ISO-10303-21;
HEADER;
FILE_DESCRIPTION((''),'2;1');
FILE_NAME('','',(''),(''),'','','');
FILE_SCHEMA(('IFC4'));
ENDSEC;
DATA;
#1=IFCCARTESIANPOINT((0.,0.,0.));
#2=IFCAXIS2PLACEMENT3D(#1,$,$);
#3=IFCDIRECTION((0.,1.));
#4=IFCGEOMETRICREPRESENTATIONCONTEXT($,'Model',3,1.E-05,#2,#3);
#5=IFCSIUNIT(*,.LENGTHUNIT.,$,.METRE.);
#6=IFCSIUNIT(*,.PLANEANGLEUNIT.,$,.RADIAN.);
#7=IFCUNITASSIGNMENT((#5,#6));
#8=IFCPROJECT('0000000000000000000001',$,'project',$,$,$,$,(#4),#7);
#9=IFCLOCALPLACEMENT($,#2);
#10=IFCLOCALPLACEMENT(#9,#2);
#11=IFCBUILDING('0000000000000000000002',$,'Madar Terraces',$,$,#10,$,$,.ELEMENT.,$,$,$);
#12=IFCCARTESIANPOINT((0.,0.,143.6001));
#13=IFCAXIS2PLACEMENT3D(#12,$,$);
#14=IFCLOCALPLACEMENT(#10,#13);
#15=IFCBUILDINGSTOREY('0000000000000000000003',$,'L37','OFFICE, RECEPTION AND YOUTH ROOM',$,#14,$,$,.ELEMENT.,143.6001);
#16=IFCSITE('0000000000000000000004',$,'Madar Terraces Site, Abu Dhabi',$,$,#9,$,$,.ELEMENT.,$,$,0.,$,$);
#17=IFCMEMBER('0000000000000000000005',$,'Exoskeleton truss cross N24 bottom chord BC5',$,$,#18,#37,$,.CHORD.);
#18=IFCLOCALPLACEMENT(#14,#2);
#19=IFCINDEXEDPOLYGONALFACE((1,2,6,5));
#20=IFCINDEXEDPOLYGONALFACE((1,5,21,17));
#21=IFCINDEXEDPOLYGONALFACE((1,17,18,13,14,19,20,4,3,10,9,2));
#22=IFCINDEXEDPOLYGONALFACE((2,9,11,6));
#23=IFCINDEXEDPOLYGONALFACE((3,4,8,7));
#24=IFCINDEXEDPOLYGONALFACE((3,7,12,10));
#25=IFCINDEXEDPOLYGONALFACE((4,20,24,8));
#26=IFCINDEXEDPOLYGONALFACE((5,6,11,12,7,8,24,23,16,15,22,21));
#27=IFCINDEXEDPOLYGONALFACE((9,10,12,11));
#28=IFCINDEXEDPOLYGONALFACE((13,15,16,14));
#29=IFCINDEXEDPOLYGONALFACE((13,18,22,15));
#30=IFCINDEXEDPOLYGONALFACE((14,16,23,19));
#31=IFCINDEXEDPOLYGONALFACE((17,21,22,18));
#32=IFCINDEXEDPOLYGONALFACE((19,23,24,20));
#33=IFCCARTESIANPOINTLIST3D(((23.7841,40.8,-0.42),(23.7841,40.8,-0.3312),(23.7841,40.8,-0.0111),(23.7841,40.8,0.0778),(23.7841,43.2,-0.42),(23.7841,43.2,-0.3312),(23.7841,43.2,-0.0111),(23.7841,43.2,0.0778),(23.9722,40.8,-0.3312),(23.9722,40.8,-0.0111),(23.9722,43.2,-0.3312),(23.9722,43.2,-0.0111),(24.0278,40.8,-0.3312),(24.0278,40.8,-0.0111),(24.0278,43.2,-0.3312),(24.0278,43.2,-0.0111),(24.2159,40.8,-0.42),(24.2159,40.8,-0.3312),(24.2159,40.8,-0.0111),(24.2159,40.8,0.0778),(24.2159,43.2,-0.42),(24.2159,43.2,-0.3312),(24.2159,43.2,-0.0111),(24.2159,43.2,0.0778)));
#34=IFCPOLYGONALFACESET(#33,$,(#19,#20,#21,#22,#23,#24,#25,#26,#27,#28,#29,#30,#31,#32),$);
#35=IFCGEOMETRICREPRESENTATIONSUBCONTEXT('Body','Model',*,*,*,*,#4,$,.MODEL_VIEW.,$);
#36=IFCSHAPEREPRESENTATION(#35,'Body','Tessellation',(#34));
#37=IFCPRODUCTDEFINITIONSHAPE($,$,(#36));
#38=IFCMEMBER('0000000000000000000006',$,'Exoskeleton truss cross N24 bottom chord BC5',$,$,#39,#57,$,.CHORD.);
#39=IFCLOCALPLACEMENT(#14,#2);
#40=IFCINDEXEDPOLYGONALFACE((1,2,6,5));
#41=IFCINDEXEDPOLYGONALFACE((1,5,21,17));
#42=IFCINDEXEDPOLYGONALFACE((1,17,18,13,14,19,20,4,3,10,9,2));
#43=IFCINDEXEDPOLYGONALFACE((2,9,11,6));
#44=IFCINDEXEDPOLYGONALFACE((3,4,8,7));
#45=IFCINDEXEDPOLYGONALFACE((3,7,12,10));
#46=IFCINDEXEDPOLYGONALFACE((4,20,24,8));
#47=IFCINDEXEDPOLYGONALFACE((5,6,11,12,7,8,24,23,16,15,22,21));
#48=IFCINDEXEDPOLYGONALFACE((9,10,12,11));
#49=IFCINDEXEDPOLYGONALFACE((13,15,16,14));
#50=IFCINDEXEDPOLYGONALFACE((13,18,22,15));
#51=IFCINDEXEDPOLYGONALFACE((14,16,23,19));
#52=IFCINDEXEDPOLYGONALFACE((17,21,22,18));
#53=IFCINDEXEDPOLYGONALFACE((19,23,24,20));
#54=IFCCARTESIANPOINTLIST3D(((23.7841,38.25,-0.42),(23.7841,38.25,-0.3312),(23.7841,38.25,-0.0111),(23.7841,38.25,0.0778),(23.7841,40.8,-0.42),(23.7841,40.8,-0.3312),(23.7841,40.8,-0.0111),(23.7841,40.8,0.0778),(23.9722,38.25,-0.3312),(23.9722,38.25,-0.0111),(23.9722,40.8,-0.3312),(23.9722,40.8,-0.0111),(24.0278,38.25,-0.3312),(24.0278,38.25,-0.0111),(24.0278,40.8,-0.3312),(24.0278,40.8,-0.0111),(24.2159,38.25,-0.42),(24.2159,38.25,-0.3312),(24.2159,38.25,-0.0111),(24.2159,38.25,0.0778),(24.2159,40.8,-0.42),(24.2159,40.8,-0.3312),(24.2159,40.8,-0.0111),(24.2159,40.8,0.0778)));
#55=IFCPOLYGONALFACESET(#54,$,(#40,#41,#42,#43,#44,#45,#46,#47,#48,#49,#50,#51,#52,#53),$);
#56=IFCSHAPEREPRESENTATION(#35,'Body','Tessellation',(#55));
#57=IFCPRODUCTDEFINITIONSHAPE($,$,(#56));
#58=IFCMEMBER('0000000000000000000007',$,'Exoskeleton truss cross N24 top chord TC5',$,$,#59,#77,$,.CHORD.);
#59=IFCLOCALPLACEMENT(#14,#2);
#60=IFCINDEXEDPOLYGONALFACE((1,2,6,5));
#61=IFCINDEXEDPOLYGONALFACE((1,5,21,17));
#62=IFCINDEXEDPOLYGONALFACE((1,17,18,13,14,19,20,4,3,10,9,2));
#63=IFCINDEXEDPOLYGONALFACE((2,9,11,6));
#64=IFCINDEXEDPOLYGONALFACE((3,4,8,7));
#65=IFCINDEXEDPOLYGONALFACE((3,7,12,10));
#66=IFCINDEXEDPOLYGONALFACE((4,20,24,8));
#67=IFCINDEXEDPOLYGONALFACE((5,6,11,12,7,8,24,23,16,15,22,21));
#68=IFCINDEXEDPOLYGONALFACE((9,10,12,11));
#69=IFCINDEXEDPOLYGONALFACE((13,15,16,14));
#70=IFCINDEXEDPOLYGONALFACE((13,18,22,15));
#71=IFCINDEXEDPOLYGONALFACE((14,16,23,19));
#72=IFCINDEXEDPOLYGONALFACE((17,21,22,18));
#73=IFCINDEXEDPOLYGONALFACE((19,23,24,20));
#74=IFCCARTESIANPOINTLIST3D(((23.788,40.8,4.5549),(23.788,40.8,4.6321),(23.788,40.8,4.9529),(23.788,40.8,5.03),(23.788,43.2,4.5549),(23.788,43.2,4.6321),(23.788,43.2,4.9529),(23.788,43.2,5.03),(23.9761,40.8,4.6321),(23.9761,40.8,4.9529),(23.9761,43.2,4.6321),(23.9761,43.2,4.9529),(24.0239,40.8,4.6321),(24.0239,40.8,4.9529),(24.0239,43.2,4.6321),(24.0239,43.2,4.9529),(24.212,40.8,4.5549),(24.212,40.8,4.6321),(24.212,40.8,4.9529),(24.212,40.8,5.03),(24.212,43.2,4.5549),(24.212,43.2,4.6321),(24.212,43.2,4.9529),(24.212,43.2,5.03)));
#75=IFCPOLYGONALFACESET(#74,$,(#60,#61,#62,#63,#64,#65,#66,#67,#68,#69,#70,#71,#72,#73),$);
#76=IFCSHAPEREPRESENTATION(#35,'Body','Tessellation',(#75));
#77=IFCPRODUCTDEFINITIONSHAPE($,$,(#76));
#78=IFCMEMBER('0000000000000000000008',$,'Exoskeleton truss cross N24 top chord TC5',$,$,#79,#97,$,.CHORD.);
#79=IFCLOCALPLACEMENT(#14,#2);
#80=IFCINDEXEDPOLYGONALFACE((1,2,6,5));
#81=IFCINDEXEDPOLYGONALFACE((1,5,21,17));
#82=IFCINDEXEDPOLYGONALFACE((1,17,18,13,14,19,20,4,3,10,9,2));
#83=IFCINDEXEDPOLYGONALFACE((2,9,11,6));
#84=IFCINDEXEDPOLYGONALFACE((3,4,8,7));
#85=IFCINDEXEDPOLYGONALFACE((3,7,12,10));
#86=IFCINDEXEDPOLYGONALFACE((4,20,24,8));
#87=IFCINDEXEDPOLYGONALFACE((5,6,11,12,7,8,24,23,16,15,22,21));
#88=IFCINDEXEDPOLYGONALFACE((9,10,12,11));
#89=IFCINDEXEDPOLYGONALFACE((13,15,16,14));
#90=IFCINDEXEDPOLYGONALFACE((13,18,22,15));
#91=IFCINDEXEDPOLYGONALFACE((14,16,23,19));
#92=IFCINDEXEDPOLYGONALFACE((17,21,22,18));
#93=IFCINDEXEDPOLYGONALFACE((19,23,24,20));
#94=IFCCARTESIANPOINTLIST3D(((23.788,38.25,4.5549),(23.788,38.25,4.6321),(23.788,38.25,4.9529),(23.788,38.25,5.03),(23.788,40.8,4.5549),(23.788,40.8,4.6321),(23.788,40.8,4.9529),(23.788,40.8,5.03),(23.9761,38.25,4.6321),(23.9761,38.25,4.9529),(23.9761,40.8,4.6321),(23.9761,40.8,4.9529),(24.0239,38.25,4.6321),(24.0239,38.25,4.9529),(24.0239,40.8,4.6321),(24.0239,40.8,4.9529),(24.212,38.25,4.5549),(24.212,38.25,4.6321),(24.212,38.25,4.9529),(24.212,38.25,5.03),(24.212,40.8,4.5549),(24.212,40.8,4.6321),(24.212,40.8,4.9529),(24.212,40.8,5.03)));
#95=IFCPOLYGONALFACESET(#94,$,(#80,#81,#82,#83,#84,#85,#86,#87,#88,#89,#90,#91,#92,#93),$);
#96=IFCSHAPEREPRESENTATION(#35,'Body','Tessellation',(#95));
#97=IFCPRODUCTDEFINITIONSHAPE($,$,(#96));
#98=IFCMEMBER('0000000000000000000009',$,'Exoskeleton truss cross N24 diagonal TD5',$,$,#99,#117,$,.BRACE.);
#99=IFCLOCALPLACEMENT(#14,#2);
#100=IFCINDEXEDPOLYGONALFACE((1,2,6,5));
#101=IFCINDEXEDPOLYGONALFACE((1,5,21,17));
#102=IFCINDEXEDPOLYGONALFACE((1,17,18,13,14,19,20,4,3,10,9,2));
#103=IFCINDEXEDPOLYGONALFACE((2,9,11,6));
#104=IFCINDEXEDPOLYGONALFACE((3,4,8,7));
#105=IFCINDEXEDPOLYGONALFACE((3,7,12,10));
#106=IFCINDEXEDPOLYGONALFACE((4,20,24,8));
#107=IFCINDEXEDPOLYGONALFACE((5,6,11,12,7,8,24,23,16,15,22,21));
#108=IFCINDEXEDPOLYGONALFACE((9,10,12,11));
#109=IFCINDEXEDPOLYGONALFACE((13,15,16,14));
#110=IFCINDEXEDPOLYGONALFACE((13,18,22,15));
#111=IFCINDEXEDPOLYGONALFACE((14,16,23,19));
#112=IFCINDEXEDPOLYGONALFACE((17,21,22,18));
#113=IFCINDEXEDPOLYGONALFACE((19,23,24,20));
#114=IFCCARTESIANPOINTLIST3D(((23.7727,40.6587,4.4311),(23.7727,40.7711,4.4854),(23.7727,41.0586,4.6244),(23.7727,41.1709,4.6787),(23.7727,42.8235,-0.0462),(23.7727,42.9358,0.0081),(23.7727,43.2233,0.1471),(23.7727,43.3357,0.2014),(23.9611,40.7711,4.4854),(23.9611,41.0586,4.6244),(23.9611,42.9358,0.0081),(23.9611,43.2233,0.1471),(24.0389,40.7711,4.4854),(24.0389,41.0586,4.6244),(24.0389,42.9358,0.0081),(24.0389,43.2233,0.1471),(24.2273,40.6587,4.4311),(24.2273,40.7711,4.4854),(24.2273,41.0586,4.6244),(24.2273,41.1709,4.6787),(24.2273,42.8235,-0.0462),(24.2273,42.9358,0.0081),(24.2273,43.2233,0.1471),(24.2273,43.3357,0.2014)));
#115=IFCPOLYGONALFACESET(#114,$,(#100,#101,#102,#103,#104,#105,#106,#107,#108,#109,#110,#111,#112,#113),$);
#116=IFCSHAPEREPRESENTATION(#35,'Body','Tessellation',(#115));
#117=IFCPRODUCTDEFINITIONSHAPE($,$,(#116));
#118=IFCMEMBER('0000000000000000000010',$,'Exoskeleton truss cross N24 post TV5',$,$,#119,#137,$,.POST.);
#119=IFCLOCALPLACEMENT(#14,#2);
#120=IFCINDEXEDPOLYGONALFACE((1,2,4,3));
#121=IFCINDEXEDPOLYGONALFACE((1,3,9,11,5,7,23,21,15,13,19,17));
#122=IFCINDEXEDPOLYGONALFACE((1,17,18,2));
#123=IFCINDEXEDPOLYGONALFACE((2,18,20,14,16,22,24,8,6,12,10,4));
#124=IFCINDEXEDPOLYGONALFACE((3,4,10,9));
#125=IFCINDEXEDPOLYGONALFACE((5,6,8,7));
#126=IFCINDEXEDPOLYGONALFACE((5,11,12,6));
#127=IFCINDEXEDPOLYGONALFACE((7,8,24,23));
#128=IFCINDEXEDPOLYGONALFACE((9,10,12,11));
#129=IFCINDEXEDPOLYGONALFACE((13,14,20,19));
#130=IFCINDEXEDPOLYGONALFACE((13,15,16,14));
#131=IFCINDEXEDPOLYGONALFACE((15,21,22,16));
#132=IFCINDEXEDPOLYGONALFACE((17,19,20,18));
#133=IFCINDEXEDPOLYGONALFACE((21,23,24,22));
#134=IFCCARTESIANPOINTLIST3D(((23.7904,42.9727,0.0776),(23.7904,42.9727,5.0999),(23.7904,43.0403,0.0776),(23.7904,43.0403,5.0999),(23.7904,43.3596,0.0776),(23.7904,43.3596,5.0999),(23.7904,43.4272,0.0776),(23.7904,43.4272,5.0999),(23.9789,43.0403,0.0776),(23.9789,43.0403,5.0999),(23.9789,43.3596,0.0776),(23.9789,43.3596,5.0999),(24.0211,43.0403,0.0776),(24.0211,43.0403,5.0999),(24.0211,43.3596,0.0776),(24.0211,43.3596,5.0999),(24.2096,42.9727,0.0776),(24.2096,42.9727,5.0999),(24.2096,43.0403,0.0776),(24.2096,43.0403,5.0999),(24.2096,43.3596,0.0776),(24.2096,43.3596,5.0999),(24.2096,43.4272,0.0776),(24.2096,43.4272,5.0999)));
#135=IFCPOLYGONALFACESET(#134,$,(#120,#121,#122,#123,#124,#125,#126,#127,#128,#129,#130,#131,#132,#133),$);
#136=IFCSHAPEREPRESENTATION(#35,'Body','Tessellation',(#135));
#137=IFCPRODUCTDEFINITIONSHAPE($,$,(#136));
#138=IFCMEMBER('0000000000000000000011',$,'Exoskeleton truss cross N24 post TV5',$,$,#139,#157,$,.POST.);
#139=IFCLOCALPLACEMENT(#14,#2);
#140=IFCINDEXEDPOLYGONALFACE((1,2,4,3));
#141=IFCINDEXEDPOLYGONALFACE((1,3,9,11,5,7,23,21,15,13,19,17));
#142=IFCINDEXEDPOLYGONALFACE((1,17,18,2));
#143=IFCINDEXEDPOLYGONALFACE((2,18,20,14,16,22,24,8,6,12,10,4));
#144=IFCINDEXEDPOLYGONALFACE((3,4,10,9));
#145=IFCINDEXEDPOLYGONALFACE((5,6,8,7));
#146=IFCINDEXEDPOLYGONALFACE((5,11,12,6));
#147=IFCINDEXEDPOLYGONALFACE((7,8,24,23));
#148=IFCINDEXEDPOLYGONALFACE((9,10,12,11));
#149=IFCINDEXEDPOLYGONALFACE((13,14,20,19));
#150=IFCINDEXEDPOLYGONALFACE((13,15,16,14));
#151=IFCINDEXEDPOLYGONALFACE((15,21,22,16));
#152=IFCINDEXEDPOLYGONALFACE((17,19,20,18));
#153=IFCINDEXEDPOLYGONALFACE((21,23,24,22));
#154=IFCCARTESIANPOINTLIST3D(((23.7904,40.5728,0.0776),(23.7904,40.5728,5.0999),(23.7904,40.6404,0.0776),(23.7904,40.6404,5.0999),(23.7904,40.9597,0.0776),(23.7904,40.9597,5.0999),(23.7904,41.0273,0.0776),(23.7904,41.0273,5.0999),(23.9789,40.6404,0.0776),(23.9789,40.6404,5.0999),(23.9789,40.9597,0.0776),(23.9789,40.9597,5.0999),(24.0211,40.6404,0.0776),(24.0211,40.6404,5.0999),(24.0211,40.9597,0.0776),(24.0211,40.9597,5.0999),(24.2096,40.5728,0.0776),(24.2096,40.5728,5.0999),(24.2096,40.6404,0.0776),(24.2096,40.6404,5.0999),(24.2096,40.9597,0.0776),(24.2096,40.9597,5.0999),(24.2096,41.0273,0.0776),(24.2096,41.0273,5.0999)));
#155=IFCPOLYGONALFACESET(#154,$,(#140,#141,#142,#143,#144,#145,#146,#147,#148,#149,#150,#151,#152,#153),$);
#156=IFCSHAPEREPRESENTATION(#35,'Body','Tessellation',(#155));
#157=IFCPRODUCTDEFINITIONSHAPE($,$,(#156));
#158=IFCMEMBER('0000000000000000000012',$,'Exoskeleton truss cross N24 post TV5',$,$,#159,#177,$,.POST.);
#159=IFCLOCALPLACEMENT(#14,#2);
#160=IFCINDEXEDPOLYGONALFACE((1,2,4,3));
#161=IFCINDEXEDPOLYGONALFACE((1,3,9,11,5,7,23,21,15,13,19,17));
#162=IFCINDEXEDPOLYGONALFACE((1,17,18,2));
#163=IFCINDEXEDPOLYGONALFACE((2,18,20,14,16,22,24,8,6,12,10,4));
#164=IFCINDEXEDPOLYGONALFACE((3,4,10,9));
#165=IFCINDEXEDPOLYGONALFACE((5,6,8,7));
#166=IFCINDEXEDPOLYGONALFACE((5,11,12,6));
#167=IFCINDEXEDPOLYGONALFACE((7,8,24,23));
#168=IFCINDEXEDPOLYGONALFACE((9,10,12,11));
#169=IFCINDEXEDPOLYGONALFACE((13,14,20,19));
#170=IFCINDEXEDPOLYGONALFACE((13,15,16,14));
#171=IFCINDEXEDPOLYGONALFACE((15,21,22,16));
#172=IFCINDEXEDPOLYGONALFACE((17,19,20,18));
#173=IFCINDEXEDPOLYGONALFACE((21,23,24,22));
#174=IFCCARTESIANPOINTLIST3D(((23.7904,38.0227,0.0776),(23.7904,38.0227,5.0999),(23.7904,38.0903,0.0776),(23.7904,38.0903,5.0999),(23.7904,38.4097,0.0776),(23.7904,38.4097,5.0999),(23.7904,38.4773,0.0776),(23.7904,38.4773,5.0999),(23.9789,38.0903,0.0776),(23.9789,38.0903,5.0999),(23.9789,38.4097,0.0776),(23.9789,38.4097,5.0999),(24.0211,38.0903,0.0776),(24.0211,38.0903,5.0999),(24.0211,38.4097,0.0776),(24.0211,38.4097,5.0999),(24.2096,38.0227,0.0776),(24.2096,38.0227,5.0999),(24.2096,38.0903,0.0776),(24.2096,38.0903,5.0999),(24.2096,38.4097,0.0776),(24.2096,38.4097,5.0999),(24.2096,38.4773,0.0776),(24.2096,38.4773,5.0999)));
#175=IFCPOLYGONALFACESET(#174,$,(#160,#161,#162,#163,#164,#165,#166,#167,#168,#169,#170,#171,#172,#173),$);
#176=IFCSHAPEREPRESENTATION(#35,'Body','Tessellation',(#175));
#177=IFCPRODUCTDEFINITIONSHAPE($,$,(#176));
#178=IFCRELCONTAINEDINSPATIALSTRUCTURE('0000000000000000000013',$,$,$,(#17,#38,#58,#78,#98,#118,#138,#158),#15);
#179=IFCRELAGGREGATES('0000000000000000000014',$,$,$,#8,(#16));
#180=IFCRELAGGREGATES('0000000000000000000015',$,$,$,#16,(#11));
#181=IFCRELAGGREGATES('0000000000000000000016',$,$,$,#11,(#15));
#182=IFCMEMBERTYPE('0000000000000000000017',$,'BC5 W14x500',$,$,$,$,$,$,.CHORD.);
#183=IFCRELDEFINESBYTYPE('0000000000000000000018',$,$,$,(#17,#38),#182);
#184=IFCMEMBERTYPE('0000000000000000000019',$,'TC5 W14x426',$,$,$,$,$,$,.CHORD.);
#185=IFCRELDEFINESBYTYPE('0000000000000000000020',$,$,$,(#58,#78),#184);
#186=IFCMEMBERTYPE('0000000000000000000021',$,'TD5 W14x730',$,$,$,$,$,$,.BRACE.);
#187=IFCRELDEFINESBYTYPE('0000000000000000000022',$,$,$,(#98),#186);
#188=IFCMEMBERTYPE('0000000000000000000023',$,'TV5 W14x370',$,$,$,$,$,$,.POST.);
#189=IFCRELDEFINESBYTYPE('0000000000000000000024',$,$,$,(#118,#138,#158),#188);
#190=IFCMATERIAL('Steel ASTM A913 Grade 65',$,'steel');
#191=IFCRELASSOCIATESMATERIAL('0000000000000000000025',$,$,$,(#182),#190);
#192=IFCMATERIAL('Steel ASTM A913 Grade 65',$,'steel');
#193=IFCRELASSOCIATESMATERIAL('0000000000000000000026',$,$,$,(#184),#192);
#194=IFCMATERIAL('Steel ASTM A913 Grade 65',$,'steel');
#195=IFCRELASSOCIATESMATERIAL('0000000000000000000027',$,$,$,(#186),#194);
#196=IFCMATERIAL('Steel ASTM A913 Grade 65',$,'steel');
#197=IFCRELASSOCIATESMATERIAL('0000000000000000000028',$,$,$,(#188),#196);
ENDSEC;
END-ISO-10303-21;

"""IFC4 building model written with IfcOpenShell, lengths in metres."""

from ifc_helpers import new_model, si_unit, direction, frame, origin, origin_2d, place, context, subcontext, project, spatial, i_section, extrude, material, material_profile, profile_set, type_object, element, save


model = new_model("IFC4")

# Units and contexts
model_context = context("Model", 3, precision=1e-05, world=origin(), true_north=direction((0.0, 1.0)))
body_context = subcontext(model_context, "Body", "Model", "MODEL_VIEW")
ifc_project = project(units=[si_unit("LENGTHUNIT", "METRE"), si_unit("PLANEANGLEUNIT", "RADIAN")], contexts=[model_context])

# Site, building, storey
site_placement = place(None, origin())
site = spatial("IfcSite", under=ifc_project, at=site_placement, Name="Madar Terraces Site, Abu Dhabi", CompositionType="ELEMENT", RefElevation=0.0)
building_placement = place(site_placement, origin())
building = spatial("IfcBuilding", under=site, at=building_placement, Name="Madar Terraces", CompositionType="ELEMENT")
storey_placement = place(building_placement, frame((0.0, 0.0, 143.6001)))
storey = spatial("IfcBuildingStorey", under=building, at=storey_placement, Name="L37", Description="OFFICE, RECEPTION AND YOUTH ROOM", CompositionType="ELEMENT", Elevation=143.6001)

# Members
ifc_material_1 = material(Name="Steel ASTM A913 Grade 65", Category="steel")
ifc_material_profile_1 = material_profile(ifc_material_1, i_section(OverallWidth=0.4319, OverallDepth=0.4978, WebThickness=0.0557, FlangeThickness=0.0889, at=origin_2d()), Name="W14x500")
ifc_profile_set_1 = profile_set([ifc_material_profile_1], Name="Steel ASTM A913 Grade 65")
member_type_1 = type_object("IfcMemberType", Name="BC5 W14x500", PredefinedType="CHORD", material=ifc_profile_set_1)
member_1_placement = place(storey_placement, frame((24.0, 43.2, -0.1711), z_axis=(0.0, -1.0, 0.0), x_axis=(1.0, 0.0, 0.0)))
element("IfcMember", 1, at=member_1_placement, inside=storey, type_object=member_type_1, Name="Exoskeleton truss cross N24 bottom chord BC5", PredefinedType="CHORD", context=body_context, shape_type="SweptSolid", body=[
    extrude(i_section(OverallWidth=0.4319, OverallDepth=0.4978, WebThickness=0.0557, FlangeThickness=0.0889, at=origin_2d()), origin(), (0.0, 0.0, 1.0), 2.3999),
])
member_2_placement = place(storey_placement, frame((24.0, 40.8, -0.1711), z_axis=(0.0, -1.0, 0.0), x_axis=(1.0, 0.0, 0.0)))
element("IfcMember", 2, at=member_2_placement, inside=storey, type_object=member_type_1, Name="Exoskeleton truss cross N24 bottom chord BC5", PredefinedType="CHORD", context=body_context, shape_type="SweptSolid", body=[
    extrude(i_section(OverallWidth=0.4319, OverallDepth=0.4978, WebThickness=0.0557, FlangeThickness=0.0889, at=origin_2d()), origin(), (0.0, 0.0, 1.0), 2.55),
])
ifc_material_2 = material(Name="Steel ASTM A913 Grade 65", Category="steel")
ifc_material_profile_2 = material_profile(ifc_material_2, i_section(OverallWidth=0.4241, OverallDepth=0.4751, WebThickness=0.0479, FlangeThickness=0.0771, at=origin_2d()), Name="W14x426")
ifc_profile_set_2 = profile_set([ifc_material_profile_2], Name="Steel ASTM A913 Grade 65")
member_type_2 = type_object("IfcMemberType", Name="TC5 W14x426", PredefinedType="CHORD", material=ifc_profile_set_2)
member_3_placement = place(storey_placement, frame((24.0, 43.2, 4.7925), z_axis=(0.0, -1.0, 0.0), x_axis=(1.0, 0.0, 0.0)))
element("IfcMember", 3, at=member_3_placement, inside=storey, type_object=member_type_2, Name="Exoskeleton truss cross N24 top chord TC5", PredefinedType="CHORD", context=body_context, shape_type="SweptSolid", body=[
    extrude(i_section(OverallWidth=0.4241, OverallDepth=0.4751, WebThickness=0.0479, FlangeThickness=0.0771, at=origin_2d()), origin(), (0.0, 0.0, 1.0), 2.3999),
])
member_4_placement = place(storey_placement, frame((24.0, 40.8, 4.7925), z_axis=(0.0, -1.0, 0.0), x_axis=(1.0, 0.0, 0.0)))
element("IfcMember", 4, at=member_4_placement, inside=storey, type_object=member_type_2, Name="Exoskeleton truss cross N24 top chord TC5", PredefinedType="CHORD", context=body_context, shape_type="SweptSolid", body=[
    extrude(i_section(OverallWidth=0.4241, OverallDepth=0.4751, WebThickness=0.0479, FlangeThickness=0.0771, at=origin_2d()), origin(), (0.0, 0.0, 1.0), 2.55),
])
ifc_material_3 = material(Name="Steel ASTM A913 Grade 65", Category="steel")
ifc_material_profile_3 = material_profile(ifc_material_3, i_section(OverallWidth=0.4546, OverallDepth=0.5688, WebThickness=0.0779, FlangeThickness=0.1248, at=origin_2d()), Name="W14x730")
ifc_profile_set_3 = profile_set([ifc_material_profile_3], Name="Steel ASTM A913 Grade 65")
member_type_3 = type_object("IfcMemberType", Name="TD5 W14x730", PredefinedType="BRACE", material=ifc_profile_set_3)
member_5_placement = place(storey_placement, frame((24.0, 43.0796, 0.0776), z_axis=(0.0, -0.435294, 0.900288), x_axis=(1.0, 0.0, 0.0)))
element("IfcMember", 5, at=member_5_placement, inside=storey, type_object=member_type_3, Name="Exoskeleton truss cross N24 diagonal TD5", PredefinedType="BRACE", context=body_context, shape_type="SweptSolid", body=[
    extrude(i_section(OverallWidth=0.4546, OverallDepth=0.5688, WebThickness=0.0779, FlangeThickness=0.1248, at=origin_2d()), origin(), (0.0, 0.0, 1.0), 4.9731),
])
ifc_material_4 = material(Name="Steel ASTM A913 Grade 65", Category="steel")
ifc_material_profile_4 = material_profile(ifc_material_4, i_section(OverallWidth=0.4192, OverallDepth=0.4546, WebThickness=0.0422, FlangeThickness=0.0676, at=origin_2d()), Name="W14x370")
ifc_profile_set_4 = profile_set([ifc_material_profile_4], Name="Steel ASTM A913 Grade 65")
member_type_4 = type_object("IfcMemberType", Name="TV5 W14x370", PredefinedType="POST", material=ifc_profile_set_4)
for number, where, z_axis, x_axis, name in (
    (6, (24.0, 43.2, 0.0776), (0.0, 0.0, 1.0), (-1.0, 0.0, 0.0), "Exoskeleton truss cross N24 post TV5"),
    (7, (24.0, 40.8, 0.0776), (0.0, 0.0, 1.0), (-1.0, 0.0, 0.0), "Exoskeleton truss cross N24 post TV5"),
    (8, (24.0, 38.25, 0.0776), (0.0, 0.0, 1.0), (-1.0, 0.0, 0.0), "Exoskeleton truss cross N24 post TV5"),
):
    element("IfcMember", number, at=place(storey_placement, frame(where, z_axis=z_axis, x_axis=x_axis)), inside=storey, type_object=member_type_4, Name=name, PredefinedType="POST", context=body_context, shape_type="SweptSolid", body=[
        extrude(i_section(OverallWidth=0.4192, OverallDepth=0.4546, WebThickness=0.0422, FlangeThickness=0.0676, at=origin_2d()), origin(), (0.0, 0.0, 1.0), 5.0222),
    ])

save(model, "model.ifc")
